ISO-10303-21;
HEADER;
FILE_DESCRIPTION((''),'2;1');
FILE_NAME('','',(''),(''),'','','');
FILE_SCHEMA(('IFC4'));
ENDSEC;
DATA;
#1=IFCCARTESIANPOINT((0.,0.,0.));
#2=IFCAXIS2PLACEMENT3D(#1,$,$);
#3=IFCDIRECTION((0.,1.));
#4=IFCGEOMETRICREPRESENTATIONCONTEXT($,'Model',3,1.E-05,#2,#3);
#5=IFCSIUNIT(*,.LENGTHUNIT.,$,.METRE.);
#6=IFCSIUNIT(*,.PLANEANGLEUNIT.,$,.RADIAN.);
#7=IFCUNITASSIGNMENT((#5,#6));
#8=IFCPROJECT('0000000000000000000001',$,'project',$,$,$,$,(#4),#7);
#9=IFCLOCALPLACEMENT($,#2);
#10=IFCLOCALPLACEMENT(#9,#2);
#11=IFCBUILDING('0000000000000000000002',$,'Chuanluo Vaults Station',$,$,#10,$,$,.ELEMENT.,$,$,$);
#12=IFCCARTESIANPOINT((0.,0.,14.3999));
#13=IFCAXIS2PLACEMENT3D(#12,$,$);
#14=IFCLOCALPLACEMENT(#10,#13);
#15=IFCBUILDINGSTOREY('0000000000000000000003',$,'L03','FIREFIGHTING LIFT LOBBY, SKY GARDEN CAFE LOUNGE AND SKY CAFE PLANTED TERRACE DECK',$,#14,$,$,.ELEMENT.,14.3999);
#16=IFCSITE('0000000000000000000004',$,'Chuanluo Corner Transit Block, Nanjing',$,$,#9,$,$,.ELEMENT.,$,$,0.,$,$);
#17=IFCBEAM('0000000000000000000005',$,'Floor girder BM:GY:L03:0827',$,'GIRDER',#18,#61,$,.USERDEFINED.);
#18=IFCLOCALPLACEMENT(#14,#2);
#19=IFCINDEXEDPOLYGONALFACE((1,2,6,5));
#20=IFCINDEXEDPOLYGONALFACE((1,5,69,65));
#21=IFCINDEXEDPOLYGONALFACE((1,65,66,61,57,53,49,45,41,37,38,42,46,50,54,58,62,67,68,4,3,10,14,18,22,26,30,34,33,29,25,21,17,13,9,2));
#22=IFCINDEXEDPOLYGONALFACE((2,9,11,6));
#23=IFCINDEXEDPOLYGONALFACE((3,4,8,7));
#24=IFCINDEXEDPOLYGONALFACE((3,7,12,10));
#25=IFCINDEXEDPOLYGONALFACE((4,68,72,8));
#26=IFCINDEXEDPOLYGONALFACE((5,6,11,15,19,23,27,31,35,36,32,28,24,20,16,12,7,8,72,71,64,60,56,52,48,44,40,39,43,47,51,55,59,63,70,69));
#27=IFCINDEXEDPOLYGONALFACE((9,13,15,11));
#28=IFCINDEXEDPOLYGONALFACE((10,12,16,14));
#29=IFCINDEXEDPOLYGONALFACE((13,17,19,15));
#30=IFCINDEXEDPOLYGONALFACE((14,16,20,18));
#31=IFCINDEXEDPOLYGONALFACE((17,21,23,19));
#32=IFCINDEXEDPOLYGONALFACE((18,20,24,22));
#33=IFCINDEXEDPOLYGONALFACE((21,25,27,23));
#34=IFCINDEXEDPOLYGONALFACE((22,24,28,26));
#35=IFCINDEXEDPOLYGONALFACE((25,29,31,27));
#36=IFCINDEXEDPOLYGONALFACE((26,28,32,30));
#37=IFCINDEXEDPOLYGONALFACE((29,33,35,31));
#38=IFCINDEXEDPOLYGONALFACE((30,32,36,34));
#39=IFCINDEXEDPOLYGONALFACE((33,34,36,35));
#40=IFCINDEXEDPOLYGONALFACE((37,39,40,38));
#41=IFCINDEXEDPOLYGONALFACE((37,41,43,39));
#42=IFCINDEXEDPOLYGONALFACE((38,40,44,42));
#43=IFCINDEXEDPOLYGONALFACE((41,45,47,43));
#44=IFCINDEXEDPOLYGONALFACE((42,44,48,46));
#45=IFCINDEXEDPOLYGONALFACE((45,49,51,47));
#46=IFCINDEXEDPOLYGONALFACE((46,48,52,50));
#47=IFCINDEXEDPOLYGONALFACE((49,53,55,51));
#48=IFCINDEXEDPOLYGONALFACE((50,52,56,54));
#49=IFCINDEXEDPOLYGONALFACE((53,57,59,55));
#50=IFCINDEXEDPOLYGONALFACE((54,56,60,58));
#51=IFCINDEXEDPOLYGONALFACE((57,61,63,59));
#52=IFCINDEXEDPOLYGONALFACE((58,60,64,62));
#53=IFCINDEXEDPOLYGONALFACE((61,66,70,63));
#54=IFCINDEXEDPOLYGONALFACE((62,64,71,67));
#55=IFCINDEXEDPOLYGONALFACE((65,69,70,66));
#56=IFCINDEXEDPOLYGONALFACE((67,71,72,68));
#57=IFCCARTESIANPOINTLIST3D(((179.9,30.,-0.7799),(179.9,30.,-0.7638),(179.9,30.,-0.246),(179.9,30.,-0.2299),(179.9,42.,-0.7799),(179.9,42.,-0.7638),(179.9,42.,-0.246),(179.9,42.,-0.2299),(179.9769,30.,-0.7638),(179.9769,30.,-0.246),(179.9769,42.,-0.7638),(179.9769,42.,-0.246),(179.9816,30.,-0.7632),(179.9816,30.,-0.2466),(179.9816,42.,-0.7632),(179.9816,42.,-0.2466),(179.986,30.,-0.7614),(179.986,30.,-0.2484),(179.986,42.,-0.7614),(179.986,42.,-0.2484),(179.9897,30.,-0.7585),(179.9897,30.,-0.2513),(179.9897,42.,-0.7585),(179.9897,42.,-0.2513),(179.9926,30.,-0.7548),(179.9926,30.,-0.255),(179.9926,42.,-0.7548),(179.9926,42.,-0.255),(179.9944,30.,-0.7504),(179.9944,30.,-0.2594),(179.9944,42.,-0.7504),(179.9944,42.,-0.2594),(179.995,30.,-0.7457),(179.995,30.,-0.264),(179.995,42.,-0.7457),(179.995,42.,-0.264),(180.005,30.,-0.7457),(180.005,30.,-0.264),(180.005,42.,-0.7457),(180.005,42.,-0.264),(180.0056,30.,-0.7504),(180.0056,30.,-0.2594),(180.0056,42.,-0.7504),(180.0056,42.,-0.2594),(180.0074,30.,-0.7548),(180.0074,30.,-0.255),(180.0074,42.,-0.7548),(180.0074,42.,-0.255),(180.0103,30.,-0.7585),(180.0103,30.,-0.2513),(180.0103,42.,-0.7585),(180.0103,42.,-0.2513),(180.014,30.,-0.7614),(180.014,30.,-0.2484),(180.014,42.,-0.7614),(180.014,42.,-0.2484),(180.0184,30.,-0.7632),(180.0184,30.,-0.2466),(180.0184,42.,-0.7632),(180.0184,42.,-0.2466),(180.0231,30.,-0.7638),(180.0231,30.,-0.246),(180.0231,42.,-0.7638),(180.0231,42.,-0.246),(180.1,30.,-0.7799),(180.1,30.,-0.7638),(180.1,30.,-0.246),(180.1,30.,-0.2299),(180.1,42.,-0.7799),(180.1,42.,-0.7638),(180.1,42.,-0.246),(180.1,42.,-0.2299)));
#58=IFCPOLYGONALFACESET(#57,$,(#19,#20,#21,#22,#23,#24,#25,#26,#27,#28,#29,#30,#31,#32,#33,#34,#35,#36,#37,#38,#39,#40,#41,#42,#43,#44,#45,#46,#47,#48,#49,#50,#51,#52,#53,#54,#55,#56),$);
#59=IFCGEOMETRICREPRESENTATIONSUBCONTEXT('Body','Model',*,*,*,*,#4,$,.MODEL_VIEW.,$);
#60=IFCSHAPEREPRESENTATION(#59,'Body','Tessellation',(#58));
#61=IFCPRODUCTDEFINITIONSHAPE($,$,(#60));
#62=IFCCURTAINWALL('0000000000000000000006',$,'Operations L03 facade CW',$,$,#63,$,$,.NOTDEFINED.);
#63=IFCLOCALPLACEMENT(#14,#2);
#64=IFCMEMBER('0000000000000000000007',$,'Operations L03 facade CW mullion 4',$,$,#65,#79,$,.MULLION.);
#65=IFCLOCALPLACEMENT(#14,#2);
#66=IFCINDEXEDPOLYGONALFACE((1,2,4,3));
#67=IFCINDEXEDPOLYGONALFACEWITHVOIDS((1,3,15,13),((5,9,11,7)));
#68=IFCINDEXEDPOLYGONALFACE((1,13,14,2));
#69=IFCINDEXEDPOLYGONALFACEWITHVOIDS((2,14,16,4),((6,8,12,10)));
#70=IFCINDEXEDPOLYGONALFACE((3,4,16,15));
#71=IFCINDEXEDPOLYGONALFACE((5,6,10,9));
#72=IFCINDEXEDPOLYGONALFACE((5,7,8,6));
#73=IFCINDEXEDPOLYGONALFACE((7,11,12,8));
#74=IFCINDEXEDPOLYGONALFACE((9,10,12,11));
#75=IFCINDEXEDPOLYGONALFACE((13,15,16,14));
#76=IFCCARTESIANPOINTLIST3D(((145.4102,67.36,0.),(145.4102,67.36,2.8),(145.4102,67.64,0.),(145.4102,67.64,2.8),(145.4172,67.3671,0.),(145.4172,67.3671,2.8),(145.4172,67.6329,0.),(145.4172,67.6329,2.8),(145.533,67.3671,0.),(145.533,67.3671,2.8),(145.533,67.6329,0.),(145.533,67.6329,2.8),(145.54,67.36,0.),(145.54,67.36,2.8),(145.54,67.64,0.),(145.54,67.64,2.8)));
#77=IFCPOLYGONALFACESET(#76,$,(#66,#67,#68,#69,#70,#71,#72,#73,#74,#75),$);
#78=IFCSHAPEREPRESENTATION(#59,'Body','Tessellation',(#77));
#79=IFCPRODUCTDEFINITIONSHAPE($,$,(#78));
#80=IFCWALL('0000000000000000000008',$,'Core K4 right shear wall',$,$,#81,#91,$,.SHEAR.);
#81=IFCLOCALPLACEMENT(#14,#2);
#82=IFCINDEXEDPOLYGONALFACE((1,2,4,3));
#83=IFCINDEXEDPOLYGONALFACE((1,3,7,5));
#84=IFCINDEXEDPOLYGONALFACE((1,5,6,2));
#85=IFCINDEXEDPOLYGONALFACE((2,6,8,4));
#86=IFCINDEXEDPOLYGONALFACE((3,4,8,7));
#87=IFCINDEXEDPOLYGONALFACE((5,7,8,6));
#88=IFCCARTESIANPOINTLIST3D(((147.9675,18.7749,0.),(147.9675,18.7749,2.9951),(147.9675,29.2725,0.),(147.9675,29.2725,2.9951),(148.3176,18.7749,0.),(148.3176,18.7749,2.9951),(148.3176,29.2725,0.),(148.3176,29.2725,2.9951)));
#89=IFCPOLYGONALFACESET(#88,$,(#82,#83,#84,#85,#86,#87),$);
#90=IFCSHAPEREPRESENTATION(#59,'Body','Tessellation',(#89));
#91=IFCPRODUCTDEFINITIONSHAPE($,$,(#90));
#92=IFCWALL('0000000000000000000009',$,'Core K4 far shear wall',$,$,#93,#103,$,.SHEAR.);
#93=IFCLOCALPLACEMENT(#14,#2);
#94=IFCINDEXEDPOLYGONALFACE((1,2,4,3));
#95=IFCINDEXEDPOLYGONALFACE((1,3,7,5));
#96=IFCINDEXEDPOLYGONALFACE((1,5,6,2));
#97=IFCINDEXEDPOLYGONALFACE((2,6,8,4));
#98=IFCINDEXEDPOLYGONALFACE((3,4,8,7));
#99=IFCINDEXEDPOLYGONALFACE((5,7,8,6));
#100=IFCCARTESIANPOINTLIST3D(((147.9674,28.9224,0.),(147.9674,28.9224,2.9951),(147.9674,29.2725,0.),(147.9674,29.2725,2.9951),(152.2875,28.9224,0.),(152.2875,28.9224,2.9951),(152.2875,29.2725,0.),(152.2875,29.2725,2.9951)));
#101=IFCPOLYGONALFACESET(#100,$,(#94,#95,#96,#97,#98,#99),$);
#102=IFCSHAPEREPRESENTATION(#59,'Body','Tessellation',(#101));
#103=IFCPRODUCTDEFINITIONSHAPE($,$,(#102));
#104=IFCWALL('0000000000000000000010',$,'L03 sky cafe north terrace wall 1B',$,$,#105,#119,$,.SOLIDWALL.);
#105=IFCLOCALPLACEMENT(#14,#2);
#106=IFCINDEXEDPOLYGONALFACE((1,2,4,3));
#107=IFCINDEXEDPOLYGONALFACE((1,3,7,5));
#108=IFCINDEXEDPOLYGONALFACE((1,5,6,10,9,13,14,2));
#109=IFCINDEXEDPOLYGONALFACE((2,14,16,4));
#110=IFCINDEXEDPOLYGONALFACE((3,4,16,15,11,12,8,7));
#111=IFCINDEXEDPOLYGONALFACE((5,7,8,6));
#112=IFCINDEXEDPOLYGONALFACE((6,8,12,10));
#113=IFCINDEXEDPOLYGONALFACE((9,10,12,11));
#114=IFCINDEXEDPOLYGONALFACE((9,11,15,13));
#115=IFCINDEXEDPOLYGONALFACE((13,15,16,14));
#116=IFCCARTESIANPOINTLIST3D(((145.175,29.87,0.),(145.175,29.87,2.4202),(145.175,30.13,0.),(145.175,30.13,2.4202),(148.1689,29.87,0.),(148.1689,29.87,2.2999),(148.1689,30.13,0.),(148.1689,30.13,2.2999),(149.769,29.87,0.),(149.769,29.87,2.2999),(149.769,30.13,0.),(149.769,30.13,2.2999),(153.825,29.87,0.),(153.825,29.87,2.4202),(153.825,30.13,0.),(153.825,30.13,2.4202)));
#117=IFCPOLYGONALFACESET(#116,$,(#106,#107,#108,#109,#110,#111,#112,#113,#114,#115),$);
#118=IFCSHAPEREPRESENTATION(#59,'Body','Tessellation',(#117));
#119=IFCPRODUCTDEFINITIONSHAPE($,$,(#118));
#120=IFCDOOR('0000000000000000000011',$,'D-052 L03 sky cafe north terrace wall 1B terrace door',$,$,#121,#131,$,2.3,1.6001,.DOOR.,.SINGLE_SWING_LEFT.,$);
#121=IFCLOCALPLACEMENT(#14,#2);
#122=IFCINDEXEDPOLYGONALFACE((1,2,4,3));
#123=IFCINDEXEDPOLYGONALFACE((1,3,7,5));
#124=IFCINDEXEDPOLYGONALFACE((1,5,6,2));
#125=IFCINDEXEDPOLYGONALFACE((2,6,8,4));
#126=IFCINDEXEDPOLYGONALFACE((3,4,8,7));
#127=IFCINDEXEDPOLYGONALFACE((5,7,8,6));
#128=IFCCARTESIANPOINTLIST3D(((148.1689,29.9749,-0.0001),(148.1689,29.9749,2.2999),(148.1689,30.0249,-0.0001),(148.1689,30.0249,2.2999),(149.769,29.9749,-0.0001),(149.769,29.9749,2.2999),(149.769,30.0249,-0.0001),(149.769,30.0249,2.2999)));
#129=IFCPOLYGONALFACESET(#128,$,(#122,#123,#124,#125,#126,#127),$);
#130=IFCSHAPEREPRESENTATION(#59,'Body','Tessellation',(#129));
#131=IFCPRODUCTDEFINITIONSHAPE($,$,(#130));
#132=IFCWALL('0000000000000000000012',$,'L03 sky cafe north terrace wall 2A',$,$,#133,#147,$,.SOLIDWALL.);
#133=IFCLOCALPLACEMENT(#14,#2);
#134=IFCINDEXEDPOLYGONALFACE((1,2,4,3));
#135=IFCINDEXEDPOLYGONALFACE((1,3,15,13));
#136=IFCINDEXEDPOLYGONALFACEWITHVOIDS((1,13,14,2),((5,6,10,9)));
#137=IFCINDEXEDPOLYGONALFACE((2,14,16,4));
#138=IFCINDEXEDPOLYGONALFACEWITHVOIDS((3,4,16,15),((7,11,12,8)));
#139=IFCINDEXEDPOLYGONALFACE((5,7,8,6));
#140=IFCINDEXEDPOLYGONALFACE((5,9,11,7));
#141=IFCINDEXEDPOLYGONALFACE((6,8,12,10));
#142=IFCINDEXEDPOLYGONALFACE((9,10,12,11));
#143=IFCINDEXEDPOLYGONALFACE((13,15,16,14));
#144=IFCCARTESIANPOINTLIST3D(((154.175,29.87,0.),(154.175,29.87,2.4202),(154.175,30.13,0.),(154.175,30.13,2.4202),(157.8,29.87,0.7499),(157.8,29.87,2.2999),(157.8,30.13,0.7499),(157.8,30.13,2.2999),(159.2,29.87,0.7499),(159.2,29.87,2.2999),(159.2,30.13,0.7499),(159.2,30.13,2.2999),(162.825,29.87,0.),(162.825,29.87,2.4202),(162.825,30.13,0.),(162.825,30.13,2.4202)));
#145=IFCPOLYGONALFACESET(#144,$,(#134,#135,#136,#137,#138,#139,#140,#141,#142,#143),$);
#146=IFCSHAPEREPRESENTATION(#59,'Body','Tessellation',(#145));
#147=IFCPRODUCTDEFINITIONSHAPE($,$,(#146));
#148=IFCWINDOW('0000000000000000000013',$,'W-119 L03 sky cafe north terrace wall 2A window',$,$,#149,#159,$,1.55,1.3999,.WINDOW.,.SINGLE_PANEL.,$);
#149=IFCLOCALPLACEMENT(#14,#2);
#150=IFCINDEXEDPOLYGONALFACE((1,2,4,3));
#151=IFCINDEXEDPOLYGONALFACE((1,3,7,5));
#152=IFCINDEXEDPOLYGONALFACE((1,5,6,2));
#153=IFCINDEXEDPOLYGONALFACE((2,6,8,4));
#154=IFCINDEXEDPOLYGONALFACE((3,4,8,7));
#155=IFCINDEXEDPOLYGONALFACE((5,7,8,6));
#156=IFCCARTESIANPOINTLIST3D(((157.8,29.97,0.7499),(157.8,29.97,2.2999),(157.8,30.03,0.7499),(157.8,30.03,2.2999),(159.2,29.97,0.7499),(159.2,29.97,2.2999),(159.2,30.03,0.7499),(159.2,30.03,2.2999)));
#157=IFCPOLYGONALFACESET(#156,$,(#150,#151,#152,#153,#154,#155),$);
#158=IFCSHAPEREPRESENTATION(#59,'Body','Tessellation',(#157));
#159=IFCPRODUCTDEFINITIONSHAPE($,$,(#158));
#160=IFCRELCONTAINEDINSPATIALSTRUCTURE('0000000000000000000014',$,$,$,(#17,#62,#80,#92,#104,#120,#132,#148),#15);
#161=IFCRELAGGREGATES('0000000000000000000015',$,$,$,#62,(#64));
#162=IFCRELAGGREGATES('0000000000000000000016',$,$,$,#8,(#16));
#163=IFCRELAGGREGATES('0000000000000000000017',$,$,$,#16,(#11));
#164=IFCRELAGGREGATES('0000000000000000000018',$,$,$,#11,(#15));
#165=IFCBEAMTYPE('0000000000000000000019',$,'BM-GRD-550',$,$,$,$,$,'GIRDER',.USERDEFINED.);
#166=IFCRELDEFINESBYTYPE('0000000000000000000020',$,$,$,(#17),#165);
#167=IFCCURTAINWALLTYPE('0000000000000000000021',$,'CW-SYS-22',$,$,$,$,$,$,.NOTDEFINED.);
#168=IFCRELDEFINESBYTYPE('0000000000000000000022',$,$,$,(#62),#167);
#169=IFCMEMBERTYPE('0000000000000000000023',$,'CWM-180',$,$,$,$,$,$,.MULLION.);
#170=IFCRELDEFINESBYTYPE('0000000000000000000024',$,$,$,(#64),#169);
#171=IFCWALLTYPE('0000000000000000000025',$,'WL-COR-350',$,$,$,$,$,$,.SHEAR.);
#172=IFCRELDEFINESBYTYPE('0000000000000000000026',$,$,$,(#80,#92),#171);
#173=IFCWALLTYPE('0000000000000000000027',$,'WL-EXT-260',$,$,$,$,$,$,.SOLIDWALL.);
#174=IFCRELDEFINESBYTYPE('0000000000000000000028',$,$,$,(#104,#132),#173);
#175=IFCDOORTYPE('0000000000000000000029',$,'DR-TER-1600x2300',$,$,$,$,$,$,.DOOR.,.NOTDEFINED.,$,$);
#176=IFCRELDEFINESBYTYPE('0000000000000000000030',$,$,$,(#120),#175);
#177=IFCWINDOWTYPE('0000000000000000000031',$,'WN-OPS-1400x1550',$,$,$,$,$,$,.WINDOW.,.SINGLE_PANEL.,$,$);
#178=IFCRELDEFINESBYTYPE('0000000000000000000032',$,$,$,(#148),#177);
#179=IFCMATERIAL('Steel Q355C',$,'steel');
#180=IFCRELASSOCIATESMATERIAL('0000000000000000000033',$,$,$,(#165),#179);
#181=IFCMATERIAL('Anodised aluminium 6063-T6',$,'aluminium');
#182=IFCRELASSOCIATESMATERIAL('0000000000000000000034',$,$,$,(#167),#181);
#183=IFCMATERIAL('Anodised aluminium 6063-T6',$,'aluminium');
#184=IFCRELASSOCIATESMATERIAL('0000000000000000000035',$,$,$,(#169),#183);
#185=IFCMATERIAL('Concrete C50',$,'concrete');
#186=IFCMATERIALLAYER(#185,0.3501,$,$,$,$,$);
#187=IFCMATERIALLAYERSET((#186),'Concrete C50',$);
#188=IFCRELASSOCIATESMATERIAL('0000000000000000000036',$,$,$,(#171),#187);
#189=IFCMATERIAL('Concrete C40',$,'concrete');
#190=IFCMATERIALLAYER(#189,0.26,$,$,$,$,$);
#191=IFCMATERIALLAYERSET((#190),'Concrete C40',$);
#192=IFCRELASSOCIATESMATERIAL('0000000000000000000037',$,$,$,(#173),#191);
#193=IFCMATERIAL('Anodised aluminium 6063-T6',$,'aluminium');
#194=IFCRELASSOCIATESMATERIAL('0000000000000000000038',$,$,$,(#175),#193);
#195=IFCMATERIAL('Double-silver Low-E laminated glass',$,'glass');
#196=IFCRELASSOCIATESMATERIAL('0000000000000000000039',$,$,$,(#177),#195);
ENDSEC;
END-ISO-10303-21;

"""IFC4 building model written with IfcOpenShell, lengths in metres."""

from ifc_helpers import new_model, si_unit, direction, frame, frame_2d, origin, origin_2d, place, context, subcontext, project, spatial, rectangle, hollow_rectangle, i_section, extrude, material, layer, layer_set, material_profile, profile_set, type_object, element, fill, aggregate, save


model = new_model("IFC4")

# Units and contexts
model_context = context("Model", 3, precision=1e-05, world=origin(), true_north=direction((0.0, 1.0)))
body_context = subcontext(model_context, "Body", "Model", "MODEL_VIEW")
ifc_project = project(units=[si_unit("LENGTHUNIT", "METRE"), si_unit("PLANEANGLEUNIT", "RADIAN")], contexts=[model_context])

# Site, building, storey
site_placement = place(None, origin())
site = spatial("IfcSite", under=ifc_project, at=site_placement, Name="Chuanluo Corner Transit Block, Nanjing", CompositionType="ELEMENT", RefElevation=0.0)
building_placement = place(site_placement, origin())
building = spatial("IfcBuilding", under=site, at=building_placement, Name="Chuanluo Vaults Station", CompositionType="ELEMENT")
storey_placement = place(building_placement, frame((0.0, 0.0, 14.3999)))
storey = spatial("IfcBuildingStorey", under=building, at=storey_placement, Name="L03", Description="FIREFIGHTING LIFT LOBBY, SKY GARDEN CAFE LOUNGE AND SKY CAFE PLANTED TERRACE DECK", CompositionType="ELEMENT", Elevation=14.3999)

# Beam
ifc_material_1 = material(Name="Steel Q355C", Category="steel")
ifc_material_profile_1 = material_profile(ifc_material_1, i_section(OverallWidth=0.2, OverallDepth=0.55, WebThickness=0.01, FlangeThickness=0.0161, FilletRadius=0.0181, at=origin_2d()))
ifc_profile_set_1 = profile_set([ifc_material_profile_1], Name="Steel Q355C")
beam_type_1 = type_object("IfcBeamType", Name="BM-GRD-550", ElementType="GIRDER", PredefinedType="USERDEFINED", material=ifc_profile_set_1)
for number, where, z_axis, x_axis, name in (
    (1, (180.0, 30.0, -0.5049), (0.0, 1.0, 0.0), (-1.0, 0.0, 0.0), "Floor girder BM:GY:L03:0827"),
):
    element("IfcBeam", number, at=place(storey_placement, frame(where, z_axis=z_axis, x_axis=x_axis)), inside=storey, type_object=beam_type_1, Name=name, ObjectType="GIRDER", PredefinedType="USERDEFINED", context=body_context, shape_type="SweptSolid", body=[
        extrude(i_section(OverallWidth=0.2, OverallDepth=0.55, WebThickness=0.01, FlangeThickness=0.0161, FilletRadius=0.0181, at=origin_2d()), origin(), (0.0, 0.0, 1.0), 12.0),
    ])

# Curtain wall, member
ifc_material_2 = material(Name="Anodised aluminium 6063-T6", Category="aluminium")
curtain_wall_type = type_object("IfcCurtainWallType", Name="CW-SYS-22", PredefinedType="NOTDEFINED", material=ifc_material_2)
curtain_wall_placement = place(storey_placement, origin())
curtain_wall = element("IfcCurtainWall", 2, at=curtain_wall_placement, inside=storey, type_object=curtain_wall_type, Name="Operations L03 facade CW", PredefinedType="NOTDEFINED")
ifc_material_3 = material(Name="Anodised aluminium 6063-T6", Category="aluminium")
ifc_material_profile_2 = material_profile(ifc_material_3, hollow_rectangle(XDim=0.1299, YDim=0.28, WallThickness=0.0071, at=origin_2d()))
ifc_profile_set_2 = profile_set([ifc_material_profile_2], Name="Anodised aluminium 6063-T6")
member_type = type_object("IfcMemberType", Name="CWM-180", PredefinedType="MULLION", material=ifc_profile_set_2)
member_placement = place(storey_placement, frame((145.4751, 67.5, 0.0), z_axis=(0.0, 0.0, 1.0), x_axis=(-1.0, 0.0, 0.0)))
member = element("IfcMember", 3, at=member_placement, type_object=member_type, Name="Operations L03 facade CW mullion 4", PredefinedType="MULLION", context=body_context, shape_type="SweptSolid", body=[
    extrude(hollow_rectangle(XDim=0.1299, YDim=0.28, WallThickness=0.0071, at=origin_2d()), origin(), (0.0, 0.0, 1.0), 2.8),
])
aggregate(curtain_wall, [member])

# Walls
ifc_material_4 = material(Name="Concrete C50", Category="concrete")
ifc_layer_1 = layer(ifc_material_4, 0.3501)
ifc_layer_set_1 = layer_set([ifc_layer_1], Name="Concrete C50")
wall_type_1 = type_object("IfcWallType", Name="WL-COR-350", PredefinedType="SHEAR", material=ifc_layer_set_1)
wall_1_placement = place(storey_placement, frame((148.1426, 29.2725, 0.0), z_axis=(0.0, 0.0, 1.0), x_axis=(0.0, -1.0, 0.0)))
element("IfcWall", 4, at=wall_1_placement, inside=storey, type_object=wall_type_1, Name="Core K4 right shear wall", PredefinedType="SHEAR", context=body_context, shape_type="SweptSolid", body=[
    extrude(rectangle(XDim=10.4976, YDim=0.3501, at=frame_2d((5.2488, 0.0))), origin(), (0.0, 0.0, 1.0), 2.9951),
])
wall_2_placement = place(storey_placement, frame((152.2876, 29.0974, 0.0), z_axis=(0.0, 0.0, 1.0), x_axis=(-1.0, 0.0, 0.0)))
element("IfcWall", 5, at=wall_2_placement, inside=storey, type_object=wall_type_1, Name="Core K4 far shear wall", PredefinedType="SHEAR", context=body_context, shape_type="SweptSolid", body=[
    extrude(rectangle(XDim=4.3201, YDim=0.3501, at=frame_2d((2.1602, 0.0))), origin(), (0.0, 0.0, 1.0), 2.9951),
])

# Wall, opening, door
ifc_material_5 = material(Name="Concrete C40", Category="concrete")
ifc_layer_2 = layer(ifc_material_5, 0.26)
ifc_layer_set_2 = layer_set([ifc_layer_2], Name="Concrete C40")
wall_type_2 = type_object("IfcWallType", Name="WL-EXT-260", PredefinedType="SOLIDWALL", material=ifc_layer_set_2)
wall_3_placement = place(storey_placement, frame((145.175, 30.0, 0.0), z_axis=(0.0, 0.0, 1.0), x_axis=(1.0, 0.0, 0.0)))
wall_3 = element("IfcWall", 6, at=wall_3_placement, inside=storey, type_object=wall_type_2, Name="L03 sky cafe north terrace wall 1B", PredefinedType="SOLIDWALL", context=body_context, shape_type="SweptSolid", body=[
    extrude(rectangle(XDim=8.6499, YDim=0.26, at=frame_2d((4.325, 0.0))), origin(), (0.0, 0.0, 1.0), 2.4202),
])
opening_1_placement = place(wall_3_placement, frame((2.9939, 0.0, 0.0)))
opening_1 = element("IfcOpeningElement", 7, at=opening_1_placement, cuts=wall_3, PredefinedType="OPENING", context=body_context, shape_type="SweptSolid", body=[
    extrude(rectangle(XDim=1.6001, YDim=2.3, at=frame_2d((0.8, 1.1499))), frame((0.0, 0.1399, 0.0), z_axis=(0.0, -1.0, 0.0), x_axis=(1.0, 0.0, 0.0)), (0.0, 0.0, 1.0), 0.28),
])
ifc_material_6 = material(Name="Anodised aluminium 6063-T6", Category="aluminium")
door_type_1 = type_object("IfcDoorType", Name="DR-TER-1600x2300", OperationType="NOTDEFINED", PredefinedType="DOOR", material=ifc_material_6)
door_1_placement = place(opening_1_placement, origin())
door_1 = element("IfcDoor", 8, at=door_1_placement, inside=storey, type_object=door_type_1, Name="D-052 L03 sky cafe north terrace wall 1B terrace door", OperationType="SINGLE_SWING_LEFT", OverallHeight=2.3, OverallWidth=1.6001, PredefinedType="DOOR", context=body_context, shape_type="SweptSolid", body=[
    extrude(rectangle(XDim=1.6001, YDim=2.3, at=frame_2d((0.8, 1.1499))), frame((0.0, 0.0249, 0.0), z_axis=(0.0, -1.0, 0.0), x_axis=(1.0, 0.0, 0.0)), (0.0, 0.0, 1.0), 0.05),
])
fill(opening_1, door_1)

# Wall, opening, window
wall_4_placement = place(storey_placement, frame((154.175, 30.0, 0.0), z_axis=(0.0, 0.0, 1.0), x_axis=(1.0, 0.0, 0.0)))
wall_4 = element("IfcWall", 9, at=wall_4_placement, inside=storey, type_object=wall_type_2, Name="L03 sky cafe north terrace wall 2A", PredefinedType="SOLIDWALL", context=body_context, shape_type="SweptSolid", body=[
    extrude(rectangle(XDim=8.6499, YDim=0.26, at=frame_2d((4.325, 0.0))), origin(), (0.0, 0.0, 1.0), 2.4202),
])
opening_2_placement = place(wall_4_placement, frame((3.625, 0.0, 0.75)))
opening_2 = element("IfcOpeningElement", 10, at=opening_2_placement, cuts=wall_4, PredefinedType="OPENING", context=body_context, shape_type="SweptSolid", body=[
    extrude(rectangle(XDim=1.3999, YDim=1.55, at=frame_2d((0.7, 0.7749))), frame((0.0, 0.1399, 0.0), z_axis=(0.0, -1.0, 0.0), x_axis=(1.0, 0.0, 0.0)), (0.0, 0.0, 1.0), 0.28),
])
ifc_material_7 = material(Name="Double-silver Low-E laminated glass", Category="glass")
window_type = type_object("IfcWindowType", Name="WN-OPS-1400x1550", PartitioningType="SINGLE_PANEL", PredefinedType="WINDOW", material=ifc_material_7)
window_1_placement = place(opening_2_placement, origin())
window_1 = element("IfcWindow", 11, at=window_1_placement, inside=storey, type_object=window_type, Name="W-119 L03 sky cafe north terrace wall 2A window", OverallHeight=1.55, OverallWidth=1.3999, PartitioningType="SINGLE_PANEL", PredefinedType="WINDOW", context=body_context, shape_type="SweptSolid", body=[
    extrude(rectangle(XDim=1.3999, YDim=1.55, at=frame_2d((0.7, 0.7749))), frame((0.0, 0.03, 0.0), z_axis=(0.0, -1.0, 0.0), x_axis=(1.0, 0.0, 0.0)), (0.0, 0.0, 1.0), 0.0601),
])
fill(opening_2, window_1)

save(model, "model.ifc")
